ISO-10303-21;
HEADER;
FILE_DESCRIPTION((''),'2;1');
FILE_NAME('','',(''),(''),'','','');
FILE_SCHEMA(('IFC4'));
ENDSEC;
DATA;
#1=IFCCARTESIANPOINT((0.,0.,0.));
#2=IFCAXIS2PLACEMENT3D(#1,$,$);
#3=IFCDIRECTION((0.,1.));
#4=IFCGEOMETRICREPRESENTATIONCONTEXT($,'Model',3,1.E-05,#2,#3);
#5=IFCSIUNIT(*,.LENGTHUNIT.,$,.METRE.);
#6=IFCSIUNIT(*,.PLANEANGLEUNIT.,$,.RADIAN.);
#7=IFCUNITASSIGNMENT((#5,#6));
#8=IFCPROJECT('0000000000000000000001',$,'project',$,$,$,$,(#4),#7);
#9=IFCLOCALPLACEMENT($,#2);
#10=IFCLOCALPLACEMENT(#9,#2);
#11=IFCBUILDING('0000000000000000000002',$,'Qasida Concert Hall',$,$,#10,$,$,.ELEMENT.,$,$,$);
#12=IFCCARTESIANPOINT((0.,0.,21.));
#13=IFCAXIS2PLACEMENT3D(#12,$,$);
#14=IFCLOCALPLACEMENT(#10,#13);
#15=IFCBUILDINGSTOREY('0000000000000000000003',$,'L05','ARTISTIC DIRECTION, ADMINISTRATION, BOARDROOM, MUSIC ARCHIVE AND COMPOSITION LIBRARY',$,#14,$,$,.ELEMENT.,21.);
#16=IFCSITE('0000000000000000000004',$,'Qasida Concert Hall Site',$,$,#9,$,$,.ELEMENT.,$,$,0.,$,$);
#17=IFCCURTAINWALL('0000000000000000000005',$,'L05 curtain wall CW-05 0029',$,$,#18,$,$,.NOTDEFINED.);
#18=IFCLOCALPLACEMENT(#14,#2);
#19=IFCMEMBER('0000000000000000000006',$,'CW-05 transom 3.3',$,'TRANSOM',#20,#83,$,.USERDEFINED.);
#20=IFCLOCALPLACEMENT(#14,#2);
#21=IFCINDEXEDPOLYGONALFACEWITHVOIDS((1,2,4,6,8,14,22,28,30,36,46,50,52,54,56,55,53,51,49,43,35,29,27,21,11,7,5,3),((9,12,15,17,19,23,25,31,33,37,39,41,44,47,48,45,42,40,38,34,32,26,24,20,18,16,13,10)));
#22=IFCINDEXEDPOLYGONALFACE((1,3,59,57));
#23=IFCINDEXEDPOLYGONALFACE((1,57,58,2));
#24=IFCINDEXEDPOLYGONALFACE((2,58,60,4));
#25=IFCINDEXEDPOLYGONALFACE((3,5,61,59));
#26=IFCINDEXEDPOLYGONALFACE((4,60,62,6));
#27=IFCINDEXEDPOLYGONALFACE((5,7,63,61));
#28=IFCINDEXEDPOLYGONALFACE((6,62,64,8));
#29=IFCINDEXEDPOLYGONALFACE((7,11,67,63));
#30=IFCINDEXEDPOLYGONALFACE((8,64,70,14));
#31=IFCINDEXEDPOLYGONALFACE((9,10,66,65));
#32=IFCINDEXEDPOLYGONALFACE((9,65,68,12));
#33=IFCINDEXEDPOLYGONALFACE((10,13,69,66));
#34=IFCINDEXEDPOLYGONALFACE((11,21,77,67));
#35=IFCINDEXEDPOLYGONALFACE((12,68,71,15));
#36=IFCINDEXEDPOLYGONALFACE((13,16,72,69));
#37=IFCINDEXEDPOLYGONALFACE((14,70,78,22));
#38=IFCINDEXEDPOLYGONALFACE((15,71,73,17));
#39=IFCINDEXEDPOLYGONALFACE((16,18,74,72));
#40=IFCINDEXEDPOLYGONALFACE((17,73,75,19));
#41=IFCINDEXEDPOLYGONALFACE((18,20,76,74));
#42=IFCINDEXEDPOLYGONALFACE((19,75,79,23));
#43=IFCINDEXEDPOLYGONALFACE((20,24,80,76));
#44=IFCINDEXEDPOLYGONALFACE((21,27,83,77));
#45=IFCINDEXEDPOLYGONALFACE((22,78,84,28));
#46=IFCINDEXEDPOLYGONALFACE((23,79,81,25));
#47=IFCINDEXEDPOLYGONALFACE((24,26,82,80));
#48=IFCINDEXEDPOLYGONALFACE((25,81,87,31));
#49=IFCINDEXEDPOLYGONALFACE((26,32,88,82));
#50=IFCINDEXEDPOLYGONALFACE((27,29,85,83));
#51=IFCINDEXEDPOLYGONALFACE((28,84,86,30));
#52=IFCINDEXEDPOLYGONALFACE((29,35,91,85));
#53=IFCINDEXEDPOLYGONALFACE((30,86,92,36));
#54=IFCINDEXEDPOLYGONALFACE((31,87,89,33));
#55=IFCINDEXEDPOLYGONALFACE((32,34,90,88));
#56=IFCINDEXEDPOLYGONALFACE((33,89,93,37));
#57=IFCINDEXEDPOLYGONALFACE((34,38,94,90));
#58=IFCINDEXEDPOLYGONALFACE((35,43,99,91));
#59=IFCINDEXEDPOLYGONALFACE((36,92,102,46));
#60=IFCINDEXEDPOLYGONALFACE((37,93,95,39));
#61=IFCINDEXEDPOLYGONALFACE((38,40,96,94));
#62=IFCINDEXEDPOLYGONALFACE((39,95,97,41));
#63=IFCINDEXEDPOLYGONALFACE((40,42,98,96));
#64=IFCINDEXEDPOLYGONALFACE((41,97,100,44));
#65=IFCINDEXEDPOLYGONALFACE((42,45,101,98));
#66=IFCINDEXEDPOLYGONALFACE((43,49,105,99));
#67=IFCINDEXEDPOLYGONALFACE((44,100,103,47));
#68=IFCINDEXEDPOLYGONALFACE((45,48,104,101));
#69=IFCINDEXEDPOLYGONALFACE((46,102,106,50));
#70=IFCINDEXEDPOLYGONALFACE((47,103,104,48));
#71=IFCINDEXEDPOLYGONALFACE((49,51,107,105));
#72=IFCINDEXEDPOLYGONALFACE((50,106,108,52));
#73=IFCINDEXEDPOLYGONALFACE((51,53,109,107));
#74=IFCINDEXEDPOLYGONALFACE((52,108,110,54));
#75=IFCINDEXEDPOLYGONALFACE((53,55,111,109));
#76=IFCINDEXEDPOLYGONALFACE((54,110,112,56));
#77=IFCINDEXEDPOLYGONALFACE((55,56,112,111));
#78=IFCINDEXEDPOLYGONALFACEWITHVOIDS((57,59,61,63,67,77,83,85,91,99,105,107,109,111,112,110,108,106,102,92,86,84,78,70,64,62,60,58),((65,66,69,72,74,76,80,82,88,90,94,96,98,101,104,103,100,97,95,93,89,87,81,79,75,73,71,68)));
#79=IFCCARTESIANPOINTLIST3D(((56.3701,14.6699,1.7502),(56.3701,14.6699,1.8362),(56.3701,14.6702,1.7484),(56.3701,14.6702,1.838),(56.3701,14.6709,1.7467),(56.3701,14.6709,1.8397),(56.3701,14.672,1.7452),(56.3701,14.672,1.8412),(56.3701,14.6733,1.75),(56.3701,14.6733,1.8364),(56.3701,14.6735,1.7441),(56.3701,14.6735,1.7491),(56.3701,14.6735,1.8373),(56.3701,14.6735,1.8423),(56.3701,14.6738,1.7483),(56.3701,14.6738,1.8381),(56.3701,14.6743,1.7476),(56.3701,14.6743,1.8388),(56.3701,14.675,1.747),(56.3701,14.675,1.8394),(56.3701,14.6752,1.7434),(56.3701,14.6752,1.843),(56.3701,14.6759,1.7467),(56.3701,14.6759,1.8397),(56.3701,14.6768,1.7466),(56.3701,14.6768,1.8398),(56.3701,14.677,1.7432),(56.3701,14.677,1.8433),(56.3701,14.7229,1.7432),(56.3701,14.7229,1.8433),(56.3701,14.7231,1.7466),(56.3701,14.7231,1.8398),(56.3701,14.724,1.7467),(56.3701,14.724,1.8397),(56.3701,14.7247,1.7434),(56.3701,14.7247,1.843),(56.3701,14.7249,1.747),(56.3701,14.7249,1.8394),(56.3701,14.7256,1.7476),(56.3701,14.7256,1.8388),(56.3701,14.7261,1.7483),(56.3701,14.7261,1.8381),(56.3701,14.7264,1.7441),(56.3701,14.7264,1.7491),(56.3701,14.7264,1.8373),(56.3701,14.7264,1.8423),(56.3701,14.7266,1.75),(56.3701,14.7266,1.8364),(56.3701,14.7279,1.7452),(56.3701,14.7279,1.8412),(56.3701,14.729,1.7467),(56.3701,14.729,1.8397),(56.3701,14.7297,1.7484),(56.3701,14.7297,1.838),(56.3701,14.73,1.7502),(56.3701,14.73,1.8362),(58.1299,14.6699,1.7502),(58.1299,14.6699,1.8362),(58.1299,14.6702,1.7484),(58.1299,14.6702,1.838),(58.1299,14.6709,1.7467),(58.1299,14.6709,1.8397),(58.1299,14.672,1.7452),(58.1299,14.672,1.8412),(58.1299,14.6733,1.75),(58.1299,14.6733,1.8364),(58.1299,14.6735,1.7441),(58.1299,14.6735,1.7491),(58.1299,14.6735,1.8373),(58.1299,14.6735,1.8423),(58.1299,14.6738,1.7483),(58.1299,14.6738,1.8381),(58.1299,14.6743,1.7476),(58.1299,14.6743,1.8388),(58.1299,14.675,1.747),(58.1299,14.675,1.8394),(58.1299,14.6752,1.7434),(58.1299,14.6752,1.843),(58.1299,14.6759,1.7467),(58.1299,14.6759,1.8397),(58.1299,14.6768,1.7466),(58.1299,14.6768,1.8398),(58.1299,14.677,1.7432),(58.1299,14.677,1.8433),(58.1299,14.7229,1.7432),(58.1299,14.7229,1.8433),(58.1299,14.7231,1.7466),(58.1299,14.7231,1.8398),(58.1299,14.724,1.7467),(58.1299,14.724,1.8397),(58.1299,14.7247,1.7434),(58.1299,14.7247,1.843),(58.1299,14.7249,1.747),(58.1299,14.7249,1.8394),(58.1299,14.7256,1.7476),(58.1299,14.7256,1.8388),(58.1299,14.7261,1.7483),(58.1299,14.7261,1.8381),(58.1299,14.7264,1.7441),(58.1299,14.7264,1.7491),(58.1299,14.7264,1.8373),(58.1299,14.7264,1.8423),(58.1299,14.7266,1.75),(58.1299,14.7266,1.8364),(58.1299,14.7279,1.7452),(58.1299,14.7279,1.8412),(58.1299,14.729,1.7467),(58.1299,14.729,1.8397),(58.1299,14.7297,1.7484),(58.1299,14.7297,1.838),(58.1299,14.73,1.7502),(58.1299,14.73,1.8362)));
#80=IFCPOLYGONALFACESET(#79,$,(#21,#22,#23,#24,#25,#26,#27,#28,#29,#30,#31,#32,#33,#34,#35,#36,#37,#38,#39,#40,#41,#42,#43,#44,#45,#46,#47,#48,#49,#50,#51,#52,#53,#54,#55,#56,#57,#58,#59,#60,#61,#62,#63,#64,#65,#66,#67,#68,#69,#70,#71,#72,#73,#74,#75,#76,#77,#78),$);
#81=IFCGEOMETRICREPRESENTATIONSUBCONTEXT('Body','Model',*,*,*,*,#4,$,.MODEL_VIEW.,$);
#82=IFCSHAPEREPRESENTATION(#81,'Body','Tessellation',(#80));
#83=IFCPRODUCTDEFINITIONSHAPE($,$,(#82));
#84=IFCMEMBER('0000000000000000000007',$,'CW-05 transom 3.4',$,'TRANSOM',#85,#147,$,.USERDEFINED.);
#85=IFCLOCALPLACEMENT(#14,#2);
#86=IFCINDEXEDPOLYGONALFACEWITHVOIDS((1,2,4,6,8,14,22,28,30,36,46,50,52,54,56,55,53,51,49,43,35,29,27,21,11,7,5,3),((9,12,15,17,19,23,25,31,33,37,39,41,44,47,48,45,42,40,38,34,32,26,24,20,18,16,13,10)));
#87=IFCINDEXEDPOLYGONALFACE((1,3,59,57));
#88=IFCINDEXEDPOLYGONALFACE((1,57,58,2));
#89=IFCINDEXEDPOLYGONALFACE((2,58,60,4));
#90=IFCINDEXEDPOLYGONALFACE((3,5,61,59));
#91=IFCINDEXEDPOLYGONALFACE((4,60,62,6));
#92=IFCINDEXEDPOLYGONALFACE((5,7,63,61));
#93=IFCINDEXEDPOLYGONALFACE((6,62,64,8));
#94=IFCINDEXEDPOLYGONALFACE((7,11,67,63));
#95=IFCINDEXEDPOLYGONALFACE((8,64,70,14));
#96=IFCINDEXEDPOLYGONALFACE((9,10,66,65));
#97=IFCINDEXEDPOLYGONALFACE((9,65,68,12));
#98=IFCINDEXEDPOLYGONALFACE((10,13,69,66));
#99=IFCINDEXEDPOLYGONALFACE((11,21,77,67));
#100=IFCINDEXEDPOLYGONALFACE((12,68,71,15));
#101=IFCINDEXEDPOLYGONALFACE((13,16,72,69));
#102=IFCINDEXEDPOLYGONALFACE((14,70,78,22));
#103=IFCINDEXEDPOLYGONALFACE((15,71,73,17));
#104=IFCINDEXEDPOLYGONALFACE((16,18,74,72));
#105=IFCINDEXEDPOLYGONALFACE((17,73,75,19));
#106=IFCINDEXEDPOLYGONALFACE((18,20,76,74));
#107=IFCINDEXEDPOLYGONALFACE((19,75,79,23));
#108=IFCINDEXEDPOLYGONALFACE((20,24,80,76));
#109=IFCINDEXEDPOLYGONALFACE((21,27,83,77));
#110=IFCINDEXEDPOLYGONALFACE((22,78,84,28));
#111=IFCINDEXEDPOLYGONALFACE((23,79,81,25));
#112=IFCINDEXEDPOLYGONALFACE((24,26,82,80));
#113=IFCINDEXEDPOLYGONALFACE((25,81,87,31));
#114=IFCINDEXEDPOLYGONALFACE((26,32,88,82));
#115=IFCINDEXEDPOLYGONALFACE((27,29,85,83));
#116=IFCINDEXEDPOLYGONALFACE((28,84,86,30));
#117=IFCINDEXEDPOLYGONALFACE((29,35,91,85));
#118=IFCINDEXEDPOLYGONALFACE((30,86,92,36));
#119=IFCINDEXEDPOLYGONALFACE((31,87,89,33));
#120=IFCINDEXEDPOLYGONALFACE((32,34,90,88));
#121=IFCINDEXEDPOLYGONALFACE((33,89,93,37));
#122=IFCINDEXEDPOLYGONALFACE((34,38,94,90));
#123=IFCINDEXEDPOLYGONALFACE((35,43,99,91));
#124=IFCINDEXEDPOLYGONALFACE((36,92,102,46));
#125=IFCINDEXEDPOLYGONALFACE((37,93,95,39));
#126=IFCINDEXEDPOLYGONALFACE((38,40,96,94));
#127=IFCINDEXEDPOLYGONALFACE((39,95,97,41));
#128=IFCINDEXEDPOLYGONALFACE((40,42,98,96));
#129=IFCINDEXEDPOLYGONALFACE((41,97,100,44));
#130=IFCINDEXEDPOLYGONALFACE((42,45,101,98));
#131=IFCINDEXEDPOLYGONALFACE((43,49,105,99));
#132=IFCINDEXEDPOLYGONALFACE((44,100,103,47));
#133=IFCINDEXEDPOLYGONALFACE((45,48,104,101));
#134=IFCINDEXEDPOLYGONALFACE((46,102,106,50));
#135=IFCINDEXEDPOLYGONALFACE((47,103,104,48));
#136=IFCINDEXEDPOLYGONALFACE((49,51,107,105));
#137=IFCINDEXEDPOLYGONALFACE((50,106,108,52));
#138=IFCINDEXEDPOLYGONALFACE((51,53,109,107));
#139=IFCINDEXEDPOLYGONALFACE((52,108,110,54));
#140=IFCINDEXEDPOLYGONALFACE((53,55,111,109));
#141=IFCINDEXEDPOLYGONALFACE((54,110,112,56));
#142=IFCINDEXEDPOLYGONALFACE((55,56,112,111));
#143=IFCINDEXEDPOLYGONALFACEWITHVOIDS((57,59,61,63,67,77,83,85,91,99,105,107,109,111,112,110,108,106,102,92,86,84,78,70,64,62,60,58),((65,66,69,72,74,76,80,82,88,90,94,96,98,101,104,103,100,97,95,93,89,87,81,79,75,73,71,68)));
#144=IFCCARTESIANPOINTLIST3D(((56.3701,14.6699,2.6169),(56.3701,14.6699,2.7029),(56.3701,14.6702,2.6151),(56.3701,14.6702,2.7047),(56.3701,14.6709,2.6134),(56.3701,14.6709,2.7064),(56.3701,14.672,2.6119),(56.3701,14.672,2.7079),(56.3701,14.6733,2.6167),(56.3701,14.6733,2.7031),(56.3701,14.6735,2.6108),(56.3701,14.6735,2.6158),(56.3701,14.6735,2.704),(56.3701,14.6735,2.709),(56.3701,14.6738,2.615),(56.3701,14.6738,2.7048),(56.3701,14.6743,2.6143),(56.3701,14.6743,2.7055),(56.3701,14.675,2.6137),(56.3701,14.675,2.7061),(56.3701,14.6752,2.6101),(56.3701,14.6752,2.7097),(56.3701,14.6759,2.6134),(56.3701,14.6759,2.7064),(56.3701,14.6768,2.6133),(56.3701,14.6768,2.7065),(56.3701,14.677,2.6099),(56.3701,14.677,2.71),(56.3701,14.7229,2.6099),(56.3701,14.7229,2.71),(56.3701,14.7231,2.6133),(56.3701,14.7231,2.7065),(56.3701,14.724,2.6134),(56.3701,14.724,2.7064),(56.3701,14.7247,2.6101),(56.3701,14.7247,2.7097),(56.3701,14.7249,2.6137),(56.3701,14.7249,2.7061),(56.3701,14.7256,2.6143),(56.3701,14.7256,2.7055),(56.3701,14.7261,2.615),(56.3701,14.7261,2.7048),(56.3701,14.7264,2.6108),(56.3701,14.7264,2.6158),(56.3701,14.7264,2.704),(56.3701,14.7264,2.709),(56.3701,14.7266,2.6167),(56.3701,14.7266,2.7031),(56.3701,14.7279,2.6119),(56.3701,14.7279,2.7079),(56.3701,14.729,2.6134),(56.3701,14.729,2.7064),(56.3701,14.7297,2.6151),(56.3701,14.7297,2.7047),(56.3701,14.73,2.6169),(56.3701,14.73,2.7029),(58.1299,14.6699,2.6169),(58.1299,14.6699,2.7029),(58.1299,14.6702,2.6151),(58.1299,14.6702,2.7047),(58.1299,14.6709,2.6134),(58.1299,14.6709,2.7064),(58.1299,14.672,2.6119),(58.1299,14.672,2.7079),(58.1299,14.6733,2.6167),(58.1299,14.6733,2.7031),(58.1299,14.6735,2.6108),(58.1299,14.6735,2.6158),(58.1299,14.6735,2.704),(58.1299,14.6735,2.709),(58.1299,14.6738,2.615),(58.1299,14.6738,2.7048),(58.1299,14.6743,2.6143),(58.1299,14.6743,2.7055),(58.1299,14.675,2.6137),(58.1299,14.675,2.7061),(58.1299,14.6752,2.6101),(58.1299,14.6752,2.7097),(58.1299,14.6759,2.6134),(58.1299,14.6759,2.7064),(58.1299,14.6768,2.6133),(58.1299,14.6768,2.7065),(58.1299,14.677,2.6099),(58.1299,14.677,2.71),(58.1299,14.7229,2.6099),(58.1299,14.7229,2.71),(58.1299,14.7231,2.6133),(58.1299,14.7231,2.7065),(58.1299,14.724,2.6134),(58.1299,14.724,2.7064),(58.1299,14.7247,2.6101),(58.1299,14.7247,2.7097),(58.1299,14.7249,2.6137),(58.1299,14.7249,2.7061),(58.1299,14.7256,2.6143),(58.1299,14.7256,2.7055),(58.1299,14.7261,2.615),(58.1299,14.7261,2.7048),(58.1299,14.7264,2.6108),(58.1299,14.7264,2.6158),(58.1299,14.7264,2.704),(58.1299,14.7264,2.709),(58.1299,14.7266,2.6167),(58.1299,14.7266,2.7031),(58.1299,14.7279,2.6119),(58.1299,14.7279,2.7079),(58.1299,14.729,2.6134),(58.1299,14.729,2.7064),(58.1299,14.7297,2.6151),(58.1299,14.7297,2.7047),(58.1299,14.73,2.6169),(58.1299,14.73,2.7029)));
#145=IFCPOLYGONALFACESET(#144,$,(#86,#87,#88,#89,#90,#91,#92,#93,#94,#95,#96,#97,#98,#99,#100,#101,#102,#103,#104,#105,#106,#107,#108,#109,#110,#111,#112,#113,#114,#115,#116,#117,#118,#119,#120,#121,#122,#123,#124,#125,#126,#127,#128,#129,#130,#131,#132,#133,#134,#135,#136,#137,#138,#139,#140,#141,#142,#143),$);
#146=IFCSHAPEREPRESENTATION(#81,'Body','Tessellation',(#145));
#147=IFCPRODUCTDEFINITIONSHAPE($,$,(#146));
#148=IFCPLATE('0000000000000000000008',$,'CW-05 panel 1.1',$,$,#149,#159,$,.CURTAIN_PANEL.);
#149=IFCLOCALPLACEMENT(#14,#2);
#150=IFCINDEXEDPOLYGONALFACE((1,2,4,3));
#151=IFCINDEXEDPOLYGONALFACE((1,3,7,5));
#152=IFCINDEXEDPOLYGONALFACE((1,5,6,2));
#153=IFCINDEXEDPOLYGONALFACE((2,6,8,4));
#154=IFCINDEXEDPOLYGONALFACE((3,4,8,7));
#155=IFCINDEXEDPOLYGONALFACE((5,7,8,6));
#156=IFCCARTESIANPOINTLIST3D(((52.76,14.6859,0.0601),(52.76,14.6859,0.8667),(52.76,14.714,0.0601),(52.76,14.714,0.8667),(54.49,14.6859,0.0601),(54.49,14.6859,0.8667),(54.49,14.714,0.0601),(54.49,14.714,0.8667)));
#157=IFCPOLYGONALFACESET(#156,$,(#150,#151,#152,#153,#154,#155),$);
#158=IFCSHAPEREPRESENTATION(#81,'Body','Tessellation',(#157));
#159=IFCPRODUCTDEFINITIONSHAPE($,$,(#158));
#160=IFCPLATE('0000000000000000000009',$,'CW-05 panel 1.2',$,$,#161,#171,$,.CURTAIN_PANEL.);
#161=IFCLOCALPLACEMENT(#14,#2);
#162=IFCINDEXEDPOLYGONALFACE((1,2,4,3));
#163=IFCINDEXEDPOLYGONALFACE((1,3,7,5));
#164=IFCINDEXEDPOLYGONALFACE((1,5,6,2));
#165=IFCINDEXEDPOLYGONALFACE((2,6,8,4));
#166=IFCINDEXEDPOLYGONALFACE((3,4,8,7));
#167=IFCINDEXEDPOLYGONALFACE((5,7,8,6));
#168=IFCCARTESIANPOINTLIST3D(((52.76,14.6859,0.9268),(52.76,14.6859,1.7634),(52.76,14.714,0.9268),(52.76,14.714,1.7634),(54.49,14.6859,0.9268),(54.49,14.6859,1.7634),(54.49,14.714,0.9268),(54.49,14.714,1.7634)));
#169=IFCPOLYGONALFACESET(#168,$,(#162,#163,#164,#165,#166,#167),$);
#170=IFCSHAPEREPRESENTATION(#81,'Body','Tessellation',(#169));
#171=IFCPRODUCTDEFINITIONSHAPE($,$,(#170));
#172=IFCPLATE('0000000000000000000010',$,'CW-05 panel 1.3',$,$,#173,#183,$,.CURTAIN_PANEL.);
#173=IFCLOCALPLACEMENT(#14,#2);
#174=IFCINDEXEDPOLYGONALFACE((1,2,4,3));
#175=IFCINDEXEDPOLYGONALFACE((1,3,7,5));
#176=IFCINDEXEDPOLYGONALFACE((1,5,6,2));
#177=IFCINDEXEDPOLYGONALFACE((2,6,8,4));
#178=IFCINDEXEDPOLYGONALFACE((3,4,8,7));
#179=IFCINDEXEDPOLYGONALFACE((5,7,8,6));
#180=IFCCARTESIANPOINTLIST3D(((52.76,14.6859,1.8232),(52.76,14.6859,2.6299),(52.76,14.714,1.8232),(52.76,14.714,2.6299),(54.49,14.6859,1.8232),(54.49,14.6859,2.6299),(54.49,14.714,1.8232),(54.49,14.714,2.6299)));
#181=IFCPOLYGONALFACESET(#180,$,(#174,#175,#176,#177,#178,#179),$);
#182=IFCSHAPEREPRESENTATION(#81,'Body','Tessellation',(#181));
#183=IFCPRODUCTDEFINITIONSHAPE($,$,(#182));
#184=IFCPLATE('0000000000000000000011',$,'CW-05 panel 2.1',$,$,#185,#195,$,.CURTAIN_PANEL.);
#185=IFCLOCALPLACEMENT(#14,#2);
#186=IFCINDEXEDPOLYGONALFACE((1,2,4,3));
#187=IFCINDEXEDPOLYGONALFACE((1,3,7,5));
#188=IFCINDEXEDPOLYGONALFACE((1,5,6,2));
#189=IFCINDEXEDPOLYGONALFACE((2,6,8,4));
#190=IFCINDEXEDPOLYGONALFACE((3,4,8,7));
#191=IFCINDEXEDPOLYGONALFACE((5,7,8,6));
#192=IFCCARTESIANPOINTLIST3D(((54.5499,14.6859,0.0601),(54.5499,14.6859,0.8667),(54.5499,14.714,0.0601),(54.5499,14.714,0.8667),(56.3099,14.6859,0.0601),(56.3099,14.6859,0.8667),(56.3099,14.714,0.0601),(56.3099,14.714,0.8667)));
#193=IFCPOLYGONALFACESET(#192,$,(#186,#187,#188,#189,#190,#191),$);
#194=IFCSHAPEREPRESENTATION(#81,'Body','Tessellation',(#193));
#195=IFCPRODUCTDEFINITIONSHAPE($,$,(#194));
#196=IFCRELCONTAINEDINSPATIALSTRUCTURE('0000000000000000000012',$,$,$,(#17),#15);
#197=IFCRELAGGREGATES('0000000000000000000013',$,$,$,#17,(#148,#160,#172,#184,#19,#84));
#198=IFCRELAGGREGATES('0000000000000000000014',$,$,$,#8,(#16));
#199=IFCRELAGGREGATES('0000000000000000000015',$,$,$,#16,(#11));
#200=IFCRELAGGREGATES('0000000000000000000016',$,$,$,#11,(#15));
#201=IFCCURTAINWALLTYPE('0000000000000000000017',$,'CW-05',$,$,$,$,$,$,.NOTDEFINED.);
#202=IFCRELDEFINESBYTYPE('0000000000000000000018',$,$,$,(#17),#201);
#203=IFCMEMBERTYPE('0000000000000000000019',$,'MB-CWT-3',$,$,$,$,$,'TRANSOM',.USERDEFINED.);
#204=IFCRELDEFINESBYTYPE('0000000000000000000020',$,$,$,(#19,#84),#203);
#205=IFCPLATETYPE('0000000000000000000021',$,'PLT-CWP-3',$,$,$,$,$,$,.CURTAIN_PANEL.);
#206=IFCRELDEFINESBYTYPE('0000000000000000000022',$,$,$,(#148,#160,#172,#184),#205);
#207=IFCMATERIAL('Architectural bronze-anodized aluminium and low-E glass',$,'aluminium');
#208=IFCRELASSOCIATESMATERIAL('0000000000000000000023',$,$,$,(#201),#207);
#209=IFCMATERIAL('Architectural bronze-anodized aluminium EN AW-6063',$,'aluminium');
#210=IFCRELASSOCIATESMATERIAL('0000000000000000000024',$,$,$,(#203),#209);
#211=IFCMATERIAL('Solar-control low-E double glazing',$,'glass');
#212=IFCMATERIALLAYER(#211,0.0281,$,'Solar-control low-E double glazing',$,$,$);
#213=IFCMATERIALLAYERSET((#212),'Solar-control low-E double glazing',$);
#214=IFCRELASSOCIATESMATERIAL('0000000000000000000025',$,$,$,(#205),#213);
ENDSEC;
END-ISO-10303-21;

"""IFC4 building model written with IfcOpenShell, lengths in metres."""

from ifc_helpers import new_model, si_unit, direction, frame, origin, origin_2d, place, context, subcontext, project, spatial, rectangle, hollow_rectangle, extrude, material, layer, layer_set, material_profile, profile_set, type_object, element, aggregate, save


model = new_model("IFC4")

# Units and contexts
model_context = context("Model", 3, precision=1e-05, world=origin(), true_north=direction((0.0, 1.0)))
body_context = subcontext(model_context, "Body", "Model", "MODEL_VIEW")
ifc_project = project(units=[si_unit("LENGTHUNIT", "METRE"), si_unit("PLANEANGLEUNIT", "RADIAN")], contexts=[model_context])

# Site, building, storey
site_placement = place(None, origin())
site = spatial("IfcSite", under=ifc_project, at=site_placement, Name="Qasida Concert Hall Site", CompositionType="ELEMENT", RefElevation=0.0)
building_placement = place(site_placement, origin())
building = spatial("IfcBuilding", under=site, at=building_placement, Name="Qasida Concert Hall", CompositionType="ELEMENT")
storey_placement = place(building_placement, frame((0.0, 0.0, 21.0)))
storey = spatial("IfcBuildingStorey", under=building, at=storey_placement, Name="L05", Description="ARTISTIC DIRECTION, ADMINISTRATION, BOARDROOM, MUSIC ARCHIVE AND COMPOSITION LIBRARY", CompositionType="ELEMENT", Elevation=21.0)

# Curtain wall, members, plates
ifc_material_1 = material(Name="Architectural bronze-anodized aluminium and low-E glass", Category="aluminium")
curtain_wall_type = type_object("IfcCurtainWallType", Name="CW-05", PredefinedType="NOTDEFINED", material=ifc_material_1)
curtain_wall_placement = place(storey_placement, origin())
curtain_wall = element("IfcCurtainWall", 1, at=curtain_wall_placement, inside=storey, type_object=curtain_wall_type, Name="L05 curtain wall CW-05 0029", PredefinedType="NOTDEFINED")
ifc_material_2 = material(Name="Architectural bronze-anodized aluminium EN AW-6063", Category="aluminium")
ifc_material_profile_1 = material_profile(ifc_material_2, hollow_rectangle(XDim=0.0601, YDim=0.1001, WallThickness=0.0034, InnerFilletRadius=0.0034, OuterFilletRadius=0.0071, at=origin_2d()), Name="CWT 100x60x3.5")
ifc_profile_set_1 = profile_set([ifc_material_profile_1], Name="Architectural bronze-anodized aluminium EN AW-6063")
member_type_1 = type_object("IfcMemberType", Name="MB-CWT-3", ElementType="TRANSOM", PredefinedType="USERDEFINED", material=ifc_profile_set_1)
member_1_placement = place(storey_placement, frame((56.3701, 14.7, 1.7932), z_axis=(1.0, 0.0, 0.0), x_axis=(0.0, 1.0, 0.0)))
member_1 = element("IfcMember", 2, at=member_1_placement, type_object=member_type_1, Name="CW-05 transom 3.3", ObjectType="TRANSOM", PredefinedType="USERDEFINED", context=body_context, shape_type="SweptSolid", body=[
    extrude(hollow_rectangle(XDim=0.0601, YDim=0.1001, WallThickness=0.0034, InnerFilletRadius=0.0034, OuterFilletRadius=0.0071, at=origin_2d()), origin(), (0.0, 0.0, 1.0), 1.7598),
])
member_2_placement = place(storey_placement, frame((56.3701, 14.7, 2.6599), z_axis=(1.0, 0.0, 0.0), x_axis=(0.0, 1.0, 0.0)))
member_2 = element("IfcMember", 3, at=member_2_placement, type_object=member_type_1, Name="CW-05 transom 3.4", ObjectType="TRANSOM", PredefinedType="USERDEFINED", context=body_context, shape_type="SweptSolid", body=[
    extrude(hollow_rectangle(XDim=0.0601, YDim=0.1001, WallThickness=0.0034, InnerFilletRadius=0.0034, OuterFilletRadius=0.0071, at=origin_2d()), origin(), (0.0, 0.0, 1.0), 1.7598),
])
ifc_material_3 = material(Name="Solar-control low-E double glazing", Category="glass")
ifc_layer_1 = layer(ifc_material_3, 0.0281, Name="Solar-control low-E double glazing")
ifc_layer_set_1 = layer_set([ifc_layer_1], Name="Solar-control low-E double glazing")
plate_type = type_object("IfcPlateType", Name="PLT-CWP-3", PredefinedType="CURTAIN_PANEL", material=ifc_layer_set_1)
plate_1_placement = place(storey_placement, frame((53.625, 14.7, 0.0601), z_axis=(0.0, 0.0, 1.0), x_axis=(1.0, 0.0, 0.0)))
plate_1 = element("IfcPlate", 4, at=plate_1_placement, type_object=plate_type, Name="CW-05 panel 1.1", PredefinedType="CURTAIN_PANEL", context=body_context, shape_type="SweptSolid", body=[
    extrude(rectangle(XDim=1.73, YDim=0.0281, at=origin_2d()), origin(), (0.0, 0.0, 1.0), 0.8066),
])
plate_2_placement = place(storey_placement, frame((53.625, 14.7, 0.9268), z_axis=(0.0, 0.0, 1.0), x_axis=(1.0, 0.0, 0.0)))
plate_2 = element("IfcPlate", 5, at=plate_2_placement, type_object=plate_type, Name="CW-05 panel 1.2", PredefinedType="CURTAIN_PANEL", context=body_context, shape_type="SweptSolid", body=[
    extrude(rectangle(XDim=1.73, YDim=0.0281, at=origin_2d()), origin(), (0.0, 0.0, 1.0), 0.8367),
])
plate_3_placement = place(storey_placement, frame((53.625, 14.7, 1.8232), z_axis=(0.0, 0.0, 1.0), x_axis=(1.0, 0.0, 0.0)))
plate_3 = element("IfcPlate", 6, at=plate_3_placement, type_object=plate_type, Name="CW-05 panel 1.3", PredefinedType="CURTAIN_PANEL", context=body_context, shape_type="SweptSolid", body=[
    extrude(rectangle(XDim=1.73, YDim=0.0281, at=origin_2d()), origin(), (0.0, 0.0, 1.0), 0.8066),
])
plate_4_placement = place(storey_placement, frame((55.4299, 14.7, 0.0601), z_axis=(0.0, 0.0, 1.0), x_axis=(1.0, 0.0, 0.0)))
plate_4 = element("IfcPlate", 7, at=plate_4_placement, type_object=plate_type, Name="CW-05 panel 2.1", PredefinedType="CURTAIN_PANEL", context=body_context, shape_type="SweptSolid", body=[
    extrude(rectangle(XDim=1.76, YDim=0.0281, at=origin_2d()), origin(), (0.0, 0.0, 1.0), 0.8066),
])
aggregate(curtain_wall, [plate_1, plate_2, plate_3, plate_4, member_1, member_2])

save(model, "model.ifc")
